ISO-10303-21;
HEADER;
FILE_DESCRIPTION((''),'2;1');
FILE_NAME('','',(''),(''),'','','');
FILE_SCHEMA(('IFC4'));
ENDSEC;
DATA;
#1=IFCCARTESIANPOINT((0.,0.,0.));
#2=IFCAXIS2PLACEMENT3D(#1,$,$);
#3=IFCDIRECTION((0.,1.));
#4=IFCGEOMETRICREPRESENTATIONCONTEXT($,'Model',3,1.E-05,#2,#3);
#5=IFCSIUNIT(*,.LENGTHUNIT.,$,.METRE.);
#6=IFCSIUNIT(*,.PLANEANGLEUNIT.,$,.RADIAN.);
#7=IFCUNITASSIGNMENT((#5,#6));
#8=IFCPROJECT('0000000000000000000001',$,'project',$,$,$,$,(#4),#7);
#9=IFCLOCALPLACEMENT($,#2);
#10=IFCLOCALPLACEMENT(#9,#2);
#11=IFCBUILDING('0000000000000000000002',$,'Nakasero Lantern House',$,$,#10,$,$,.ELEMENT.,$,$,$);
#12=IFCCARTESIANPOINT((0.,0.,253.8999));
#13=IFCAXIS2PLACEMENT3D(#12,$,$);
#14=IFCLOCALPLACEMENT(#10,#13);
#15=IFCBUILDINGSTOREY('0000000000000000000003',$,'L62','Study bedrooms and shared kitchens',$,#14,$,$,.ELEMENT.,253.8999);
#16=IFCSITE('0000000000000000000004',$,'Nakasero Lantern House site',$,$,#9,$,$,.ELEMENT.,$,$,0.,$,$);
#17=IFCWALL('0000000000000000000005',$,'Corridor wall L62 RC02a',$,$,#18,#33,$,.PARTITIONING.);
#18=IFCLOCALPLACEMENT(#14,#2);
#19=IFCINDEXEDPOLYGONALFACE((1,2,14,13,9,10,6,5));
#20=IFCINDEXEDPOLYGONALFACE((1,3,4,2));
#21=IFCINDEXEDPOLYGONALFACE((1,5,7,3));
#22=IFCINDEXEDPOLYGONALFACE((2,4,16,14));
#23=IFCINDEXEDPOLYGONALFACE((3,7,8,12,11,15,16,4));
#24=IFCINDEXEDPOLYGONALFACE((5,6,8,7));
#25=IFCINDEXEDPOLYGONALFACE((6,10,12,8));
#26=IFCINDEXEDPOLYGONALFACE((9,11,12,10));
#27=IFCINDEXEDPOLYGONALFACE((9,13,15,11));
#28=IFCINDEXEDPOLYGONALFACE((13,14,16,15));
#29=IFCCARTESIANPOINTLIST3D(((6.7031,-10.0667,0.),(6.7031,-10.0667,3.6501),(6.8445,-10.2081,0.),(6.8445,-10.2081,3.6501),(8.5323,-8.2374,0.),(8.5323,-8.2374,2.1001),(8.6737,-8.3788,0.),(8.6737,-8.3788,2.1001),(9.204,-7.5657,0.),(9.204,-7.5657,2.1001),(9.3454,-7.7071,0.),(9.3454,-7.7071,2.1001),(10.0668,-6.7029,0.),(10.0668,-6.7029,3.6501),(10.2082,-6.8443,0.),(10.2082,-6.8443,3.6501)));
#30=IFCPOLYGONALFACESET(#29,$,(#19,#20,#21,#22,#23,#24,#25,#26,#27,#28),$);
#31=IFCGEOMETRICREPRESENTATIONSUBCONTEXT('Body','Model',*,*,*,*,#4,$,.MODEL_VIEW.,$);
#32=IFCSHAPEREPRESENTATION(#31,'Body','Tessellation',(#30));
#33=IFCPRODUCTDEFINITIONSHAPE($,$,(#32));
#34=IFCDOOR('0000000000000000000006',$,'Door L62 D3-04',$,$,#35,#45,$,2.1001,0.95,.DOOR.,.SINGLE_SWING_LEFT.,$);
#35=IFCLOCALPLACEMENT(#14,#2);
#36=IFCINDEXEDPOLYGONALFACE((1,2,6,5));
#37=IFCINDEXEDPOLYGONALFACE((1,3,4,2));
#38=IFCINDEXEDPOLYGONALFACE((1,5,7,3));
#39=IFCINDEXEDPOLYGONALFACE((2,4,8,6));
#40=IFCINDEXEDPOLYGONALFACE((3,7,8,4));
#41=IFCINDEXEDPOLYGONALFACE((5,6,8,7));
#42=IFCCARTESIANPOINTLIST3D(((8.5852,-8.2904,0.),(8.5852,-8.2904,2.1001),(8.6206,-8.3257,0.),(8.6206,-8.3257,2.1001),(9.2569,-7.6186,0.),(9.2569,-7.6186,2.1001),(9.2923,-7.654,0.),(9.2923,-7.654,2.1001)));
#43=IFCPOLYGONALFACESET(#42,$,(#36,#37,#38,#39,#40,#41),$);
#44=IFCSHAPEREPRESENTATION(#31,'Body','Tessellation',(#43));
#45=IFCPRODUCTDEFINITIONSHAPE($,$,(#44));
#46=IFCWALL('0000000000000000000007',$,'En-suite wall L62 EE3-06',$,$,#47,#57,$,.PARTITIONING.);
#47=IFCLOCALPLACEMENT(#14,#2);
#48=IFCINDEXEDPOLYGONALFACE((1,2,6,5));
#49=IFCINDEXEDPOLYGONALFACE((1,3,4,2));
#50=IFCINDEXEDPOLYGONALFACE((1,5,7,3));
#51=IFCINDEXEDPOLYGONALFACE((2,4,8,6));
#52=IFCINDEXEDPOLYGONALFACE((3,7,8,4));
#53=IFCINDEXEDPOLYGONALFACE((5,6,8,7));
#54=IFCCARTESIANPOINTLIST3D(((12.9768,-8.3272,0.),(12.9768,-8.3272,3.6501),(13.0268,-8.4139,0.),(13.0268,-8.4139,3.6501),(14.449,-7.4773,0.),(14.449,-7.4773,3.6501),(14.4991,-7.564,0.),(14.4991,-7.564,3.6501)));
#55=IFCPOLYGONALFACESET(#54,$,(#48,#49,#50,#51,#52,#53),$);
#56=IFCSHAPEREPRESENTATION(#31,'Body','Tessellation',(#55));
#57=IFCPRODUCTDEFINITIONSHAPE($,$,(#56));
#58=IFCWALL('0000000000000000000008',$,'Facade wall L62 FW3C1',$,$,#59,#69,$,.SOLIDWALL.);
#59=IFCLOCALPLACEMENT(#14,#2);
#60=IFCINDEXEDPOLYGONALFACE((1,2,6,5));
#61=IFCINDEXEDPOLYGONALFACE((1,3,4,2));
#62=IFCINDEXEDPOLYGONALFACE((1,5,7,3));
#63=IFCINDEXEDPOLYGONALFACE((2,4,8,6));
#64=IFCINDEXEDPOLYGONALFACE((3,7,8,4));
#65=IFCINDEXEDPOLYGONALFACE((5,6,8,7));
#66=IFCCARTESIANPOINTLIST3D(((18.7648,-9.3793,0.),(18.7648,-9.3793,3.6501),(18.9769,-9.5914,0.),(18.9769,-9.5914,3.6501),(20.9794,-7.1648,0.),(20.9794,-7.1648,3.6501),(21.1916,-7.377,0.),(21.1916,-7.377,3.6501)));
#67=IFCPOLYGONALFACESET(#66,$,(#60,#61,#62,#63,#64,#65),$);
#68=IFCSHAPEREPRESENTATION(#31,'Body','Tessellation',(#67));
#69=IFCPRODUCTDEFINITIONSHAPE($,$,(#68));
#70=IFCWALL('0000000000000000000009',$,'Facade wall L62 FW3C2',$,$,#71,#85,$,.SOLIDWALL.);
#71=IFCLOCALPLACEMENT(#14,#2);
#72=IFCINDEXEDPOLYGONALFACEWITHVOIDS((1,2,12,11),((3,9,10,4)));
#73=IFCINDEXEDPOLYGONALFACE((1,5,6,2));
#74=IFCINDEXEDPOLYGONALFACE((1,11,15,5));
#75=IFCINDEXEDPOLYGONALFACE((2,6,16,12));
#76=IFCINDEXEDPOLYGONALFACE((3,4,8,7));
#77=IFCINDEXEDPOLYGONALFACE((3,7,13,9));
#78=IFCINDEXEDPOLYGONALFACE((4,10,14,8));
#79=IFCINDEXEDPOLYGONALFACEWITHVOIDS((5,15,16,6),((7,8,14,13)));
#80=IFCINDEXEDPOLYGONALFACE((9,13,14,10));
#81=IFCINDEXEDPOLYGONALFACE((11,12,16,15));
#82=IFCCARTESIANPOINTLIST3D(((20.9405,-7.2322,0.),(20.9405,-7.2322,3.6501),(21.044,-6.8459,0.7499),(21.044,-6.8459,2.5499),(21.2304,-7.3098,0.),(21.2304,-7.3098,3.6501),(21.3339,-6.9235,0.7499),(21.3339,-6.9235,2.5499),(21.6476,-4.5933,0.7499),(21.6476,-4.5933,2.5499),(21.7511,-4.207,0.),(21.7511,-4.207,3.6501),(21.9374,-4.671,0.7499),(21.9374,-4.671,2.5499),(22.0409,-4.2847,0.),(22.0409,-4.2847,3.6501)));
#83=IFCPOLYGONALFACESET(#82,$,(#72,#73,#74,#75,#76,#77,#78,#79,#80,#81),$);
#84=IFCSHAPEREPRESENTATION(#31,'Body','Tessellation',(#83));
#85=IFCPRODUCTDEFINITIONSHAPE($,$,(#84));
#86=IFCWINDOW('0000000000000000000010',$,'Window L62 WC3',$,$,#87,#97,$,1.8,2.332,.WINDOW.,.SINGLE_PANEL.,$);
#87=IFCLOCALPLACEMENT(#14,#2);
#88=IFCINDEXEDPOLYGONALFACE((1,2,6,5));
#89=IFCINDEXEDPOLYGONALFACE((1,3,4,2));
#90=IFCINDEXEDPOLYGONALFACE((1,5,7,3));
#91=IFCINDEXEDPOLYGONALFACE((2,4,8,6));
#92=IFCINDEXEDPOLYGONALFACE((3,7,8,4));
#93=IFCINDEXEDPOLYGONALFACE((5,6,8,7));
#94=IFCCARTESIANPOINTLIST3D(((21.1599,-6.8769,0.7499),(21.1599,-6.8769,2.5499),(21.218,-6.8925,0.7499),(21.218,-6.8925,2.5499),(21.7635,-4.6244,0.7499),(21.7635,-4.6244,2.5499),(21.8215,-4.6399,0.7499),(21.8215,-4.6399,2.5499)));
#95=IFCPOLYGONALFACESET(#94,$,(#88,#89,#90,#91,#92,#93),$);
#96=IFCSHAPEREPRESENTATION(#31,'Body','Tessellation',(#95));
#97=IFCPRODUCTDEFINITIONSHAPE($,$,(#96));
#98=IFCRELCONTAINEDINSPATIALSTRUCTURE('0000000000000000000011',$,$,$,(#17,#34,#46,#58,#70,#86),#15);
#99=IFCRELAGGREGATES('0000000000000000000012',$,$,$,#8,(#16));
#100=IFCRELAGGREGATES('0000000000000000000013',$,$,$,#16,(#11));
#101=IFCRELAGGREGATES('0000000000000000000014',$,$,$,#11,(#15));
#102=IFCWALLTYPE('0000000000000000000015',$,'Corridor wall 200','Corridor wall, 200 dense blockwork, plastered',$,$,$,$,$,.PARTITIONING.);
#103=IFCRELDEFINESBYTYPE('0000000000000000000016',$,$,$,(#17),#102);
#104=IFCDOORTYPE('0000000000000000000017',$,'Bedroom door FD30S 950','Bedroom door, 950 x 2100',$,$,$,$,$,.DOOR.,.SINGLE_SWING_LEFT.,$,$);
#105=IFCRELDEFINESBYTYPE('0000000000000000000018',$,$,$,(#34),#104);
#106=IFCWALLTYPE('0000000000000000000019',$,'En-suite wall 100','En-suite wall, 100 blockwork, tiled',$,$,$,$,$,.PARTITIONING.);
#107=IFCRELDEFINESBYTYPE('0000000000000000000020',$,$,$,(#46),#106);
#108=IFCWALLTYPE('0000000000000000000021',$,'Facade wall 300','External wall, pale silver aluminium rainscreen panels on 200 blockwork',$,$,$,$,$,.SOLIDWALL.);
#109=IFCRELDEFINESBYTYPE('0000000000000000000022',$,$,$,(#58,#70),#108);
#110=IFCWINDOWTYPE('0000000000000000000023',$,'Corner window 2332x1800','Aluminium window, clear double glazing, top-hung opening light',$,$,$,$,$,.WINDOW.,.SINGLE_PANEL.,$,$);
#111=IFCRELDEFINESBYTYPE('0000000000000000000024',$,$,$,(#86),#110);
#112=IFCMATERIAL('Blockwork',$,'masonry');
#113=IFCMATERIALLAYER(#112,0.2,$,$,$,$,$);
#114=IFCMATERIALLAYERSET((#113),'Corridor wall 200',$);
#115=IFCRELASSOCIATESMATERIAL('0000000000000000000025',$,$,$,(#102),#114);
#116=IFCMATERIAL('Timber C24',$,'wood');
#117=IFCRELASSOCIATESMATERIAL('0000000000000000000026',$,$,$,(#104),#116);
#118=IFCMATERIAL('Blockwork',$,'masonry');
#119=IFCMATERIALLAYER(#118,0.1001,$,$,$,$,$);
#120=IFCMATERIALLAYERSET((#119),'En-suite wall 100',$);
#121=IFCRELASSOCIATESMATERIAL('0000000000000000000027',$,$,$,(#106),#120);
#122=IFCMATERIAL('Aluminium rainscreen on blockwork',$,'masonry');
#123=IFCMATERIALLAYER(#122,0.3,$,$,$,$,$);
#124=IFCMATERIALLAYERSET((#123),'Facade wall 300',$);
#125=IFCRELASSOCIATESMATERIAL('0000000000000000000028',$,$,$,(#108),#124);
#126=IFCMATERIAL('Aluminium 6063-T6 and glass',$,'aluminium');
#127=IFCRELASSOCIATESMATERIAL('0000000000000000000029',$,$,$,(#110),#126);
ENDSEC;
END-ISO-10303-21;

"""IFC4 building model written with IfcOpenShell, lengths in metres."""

from ifc_helpers import new_model, si_unit, direction, frame, frame_2d, origin, place, context, subcontext, project, spatial, rectangle, extrude, material, layer, layer_set, type_object, element, fill, save


model = new_model("IFC4")

# Units and contexts
model_context = context("Model", 3, precision=1e-05, world=origin(), true_north=direction((0.0, 1.0)))
body_context = subcontext(model_context, "Body", "Model", "MODEL_VIEW")
ifc_project = project(units=[si_unit("LENGTHUNIT", "METRE"), si_unit("PLANEANGLEUNIT", "RADIAN")], contexts=[model_context])

# Site, building, storey
site_placement = place(None, origin())
site = spatial("IfcSite", under=ifc_project, at=site_placement, Name="Nakasero Lantern House site", CompositionType="ELEMENT", RefElevation=0.0)
building_placement = place(site_placement, origin())
building = spatial("IfcBuilding", under=site, at=building_placement, Name="Nakasero Lantern House", CompositionType="ELEMENT")
storey_placement = place(building_placement, frame((0.0, 0.0, 253.8999)))
storey = spatial("IfcBuildingStorey", under=building, at=storey_placement, Name="L62", Description="Study bedrooms and shared kitchens", CompositionType="ELEMENT", Elevation=253.8999)

# Wall, opening, door
ifc_material_1 = material(Name="Blockwork", Category="masonry")
ifc_layer_1 = layer(ifc_material_1, 0.2)
ifc_layer_set_1 = layer_set([ifc_layer_1], Name="Corridor wall 200")
wall_type_1 = type_object("IfcWallType", Name="Corridor wall 200", Description="Corridor wall, 200 dense blockwork, plastered", PredefinedType="PARTITIONING", material=ifc_layer_set_1)
wall_1_placement = place(storey_placement, frame((10.1375, -6.7737, 0.0), z_axis=(0.0, 0.0, 1.0), x_axis=(-0.707107, -0.707107, 0.0)))
wall_1 = element("IfcWall", 1, at=wall_1_placement, inside=storey, type_object=wall_type_1, Name="Corridor wall L62 RC02a", PredefinedType="PARTITIONING", context=body_context, shape_type="SweptSolid", body=[
    extrude(rectangle(XDim=4.7571, YDim=0.2, at=frame_2d((2.3784, 0.0))), origin(), (0.0, 0.0, 1.0), 3.6501),
])
opening_1_placement = place(wall_1_placement, frame((1.22, 0.0, 0.0)))
opening_1 = element("IfcOpeningElement", 2, at=opening_1_placement, cuts=wall_1, PredefinedType="OPENING", context=body_context, shape_type="SweptSolid", body=[
    extrude(rectangle(XDim=0.95, YDim=2.1001, at=frame_2d((0.4751, 1.05))), frame((0.0, 0.1199, 0.0), z_axis=(0.0, -1.0, 0.0), x_axis=(1.0, 0.0, 0.0)), (0.0, 0.0, 1.0), 0.24),
])
ifc_material_2 = material(Name="Timber C24", Category="wood")
door_type = type_object("IfcDoorType", Name="Bedroom door FD30S 950", Description="Bedroom door, 950 x 2100", OperationType="SINGLE_SWING_LEFT", PredefinedType="DOOR", material=ifc_material_2)
door_placement = place(opening_1_placement, origin())
door = element("IfcDoor", 3, at=door_placement, inside=storey, type_object=door_type, Name="Door L62 D3-04", OperationType="SINGLE_SWING_LEFT", OverallHeight=2.1001, OverallWidth=0.95, PredefinedType="DOOR", context=body_context, shape_type="SweptSolid", body=[
    extrude(rectangle(XDim=0.95, YDim=2.1001, at=frame_2d((0.4751, 1.05))), frame((0.0, 0.0249, 0.0), z_axis=(0.0, -1.0, 0.0), x_axis=(1.0, 0.0, 0.0)), (0.0, 0.0, 1.0), 0.05),
])
fill(opening_1, door)

# Walls
ifc_material_3 = material(Name="Blockwork", Category="masonry")
ifc_layer_2 = layer(ifc_material_3, 0.1001)
ifc_layer_set_2 = layer_set([ifc_layer_2], Name="En-suite wall 100")
wall_type_2 = type_object("IfcWallType", Name="En-suite wall 100", Description="En-suite wall, 100 blockwork, tiled", PredefinedType="PARTITIONING", material=ifc_layer_set_2)
wall_2_placement = place(storey_placement, frame((13.0017, -8.3706, 0.0), z_axis=(0.0, 0.0, 1.0), x_axis=(0.866052, 0.499955, 0.0)))
element("IfcWall", 4, at=wall_2_placement, inside=storey, type_object=wall_type_2, Name="En-suite wall L62 EE3-06", PredefinedType="PARTITIONING", context=body_context, shape_type="SweptSolid", body=[
    extrude(rectangle(XDim=1.7, YDim=0.1001, at=frame_2d((0.8501, 0.0))), origin(), (0.0, 0.0, 1.0), 3.6501),
])
ifc_material_4 = material(Name="Aluminium rainscreen on blockwork", Category="masonry")
ifc_layer_3 = layer(ifc_material_4, 0.3)
ifc_layer_set_3 = layer_set([ifc_layer_3], Name="Facade wall 300")
wall_type_3 = type_object("IfcWallType", Name="Facade wall 300", Description="External wall, pale silver aluminium rainscreen panels on 200 blockwork", PredefinedType="SOLIDWALL", material=ifc_layer_set_3)
wall_3_placement = place(storey_placement, frame((18.8708, -9.4854, 0.0), z_axis=(0.0, 0.0, 1.0), x_axis=(0.707146, 0.707068, 0.0)))
element("IfcWall", 5, at=wall_3_placement, inside=storey, type_object=wall_type_3, Name="Facade wall L62 FW3C1", PredefinedType="SOLIDWALL", context=body_context, shape_type="SweptSolid", body=[
    extrude(rectangle(XDim=3.1318, YDim=0.3, at=frame_2d((1.5659, 0.0))), origin(), (0.0, 0.0, 1.0), 3.6501),
])

# Wall, opening, window
wall_4_placement = place(storey_placement, frame((21.0854, -7.271, 0.0), z_axis=(0.0, 0.0, 1.0), x_axis=(0.258808, 0.965929, 0.0)))
wall_4 = element("IfcWall", 6, at=wall_4_placement, inside=storey, type_object=wall_type_3, Name="Facade wall L62 FW3C2", PredefinedType="SOLIDWALL", context=body_context, shape_type="SweptSolid", body=[
    extrude(rectangle(XDim=3.1318, YDim=0.3, at=frame_2d((1.5659, 0.0))), origin(), (0.0, 0.0, 1.0), 3.6501),
])
opening_2_placement = place(wall_4_placement, frame((0.3999, 0.0, 0.75)))
opening_2 = element("IfcOpeningElement", 7, at=opening_2_placement, cuts=wall_4, PredefinedType="OPENING", context=body_context, shape_type="SweptSolid", body=[
    extrude(rectangle(XDim=2.332, YDim=1.8, at=frame_2d((1.166, 0.8999))), frame((0.0, 0.1699, 0.0), z_axis=(0.0, -1.0, 0.0), x_axis=(1.0, 0.0, 0.0)), (0.0, 0.0, 1.0), 0.3401),
])
ifc_material_5 = material(Name="Aluminium 6063-T6 and glass", Category="aluminium")
window_type = type_object("IfcWindowType", Name="Corner window 2332x1800", Description="Aluminium window, clear double glazing, top-hung opening light", PartitioningType="SINGLE_PANEL", PredefinedType="WINDOW", material=ifc_material_5)
window_placement = place(opening_2_placement, origin())
window = element("IfcWindow", 8, at=window_placement, inside=storey, type_object=window_type, Name="Window L62 WC3", OverallHeight=1.8, OverallWidth=2.332, PartitioningType="SINGLE_PANEL", PredefinedType="WINDOW", context=body_context, shape_type="SweptSolid", body=[
    extrude(rectangle(XDim=2.332, YDim=1.8, at=frame_2d((1.166, 0.8999))), frame((0.0, 0.03, 0.0), z_axis=(0.0, -1.0, 0.0), x_axis=(1.0, 0.0, 0.0)), (0.0, 0.0, 1.0), 0.0601),
])
fill(opening_2, window)

save(model, "model.ifc")
